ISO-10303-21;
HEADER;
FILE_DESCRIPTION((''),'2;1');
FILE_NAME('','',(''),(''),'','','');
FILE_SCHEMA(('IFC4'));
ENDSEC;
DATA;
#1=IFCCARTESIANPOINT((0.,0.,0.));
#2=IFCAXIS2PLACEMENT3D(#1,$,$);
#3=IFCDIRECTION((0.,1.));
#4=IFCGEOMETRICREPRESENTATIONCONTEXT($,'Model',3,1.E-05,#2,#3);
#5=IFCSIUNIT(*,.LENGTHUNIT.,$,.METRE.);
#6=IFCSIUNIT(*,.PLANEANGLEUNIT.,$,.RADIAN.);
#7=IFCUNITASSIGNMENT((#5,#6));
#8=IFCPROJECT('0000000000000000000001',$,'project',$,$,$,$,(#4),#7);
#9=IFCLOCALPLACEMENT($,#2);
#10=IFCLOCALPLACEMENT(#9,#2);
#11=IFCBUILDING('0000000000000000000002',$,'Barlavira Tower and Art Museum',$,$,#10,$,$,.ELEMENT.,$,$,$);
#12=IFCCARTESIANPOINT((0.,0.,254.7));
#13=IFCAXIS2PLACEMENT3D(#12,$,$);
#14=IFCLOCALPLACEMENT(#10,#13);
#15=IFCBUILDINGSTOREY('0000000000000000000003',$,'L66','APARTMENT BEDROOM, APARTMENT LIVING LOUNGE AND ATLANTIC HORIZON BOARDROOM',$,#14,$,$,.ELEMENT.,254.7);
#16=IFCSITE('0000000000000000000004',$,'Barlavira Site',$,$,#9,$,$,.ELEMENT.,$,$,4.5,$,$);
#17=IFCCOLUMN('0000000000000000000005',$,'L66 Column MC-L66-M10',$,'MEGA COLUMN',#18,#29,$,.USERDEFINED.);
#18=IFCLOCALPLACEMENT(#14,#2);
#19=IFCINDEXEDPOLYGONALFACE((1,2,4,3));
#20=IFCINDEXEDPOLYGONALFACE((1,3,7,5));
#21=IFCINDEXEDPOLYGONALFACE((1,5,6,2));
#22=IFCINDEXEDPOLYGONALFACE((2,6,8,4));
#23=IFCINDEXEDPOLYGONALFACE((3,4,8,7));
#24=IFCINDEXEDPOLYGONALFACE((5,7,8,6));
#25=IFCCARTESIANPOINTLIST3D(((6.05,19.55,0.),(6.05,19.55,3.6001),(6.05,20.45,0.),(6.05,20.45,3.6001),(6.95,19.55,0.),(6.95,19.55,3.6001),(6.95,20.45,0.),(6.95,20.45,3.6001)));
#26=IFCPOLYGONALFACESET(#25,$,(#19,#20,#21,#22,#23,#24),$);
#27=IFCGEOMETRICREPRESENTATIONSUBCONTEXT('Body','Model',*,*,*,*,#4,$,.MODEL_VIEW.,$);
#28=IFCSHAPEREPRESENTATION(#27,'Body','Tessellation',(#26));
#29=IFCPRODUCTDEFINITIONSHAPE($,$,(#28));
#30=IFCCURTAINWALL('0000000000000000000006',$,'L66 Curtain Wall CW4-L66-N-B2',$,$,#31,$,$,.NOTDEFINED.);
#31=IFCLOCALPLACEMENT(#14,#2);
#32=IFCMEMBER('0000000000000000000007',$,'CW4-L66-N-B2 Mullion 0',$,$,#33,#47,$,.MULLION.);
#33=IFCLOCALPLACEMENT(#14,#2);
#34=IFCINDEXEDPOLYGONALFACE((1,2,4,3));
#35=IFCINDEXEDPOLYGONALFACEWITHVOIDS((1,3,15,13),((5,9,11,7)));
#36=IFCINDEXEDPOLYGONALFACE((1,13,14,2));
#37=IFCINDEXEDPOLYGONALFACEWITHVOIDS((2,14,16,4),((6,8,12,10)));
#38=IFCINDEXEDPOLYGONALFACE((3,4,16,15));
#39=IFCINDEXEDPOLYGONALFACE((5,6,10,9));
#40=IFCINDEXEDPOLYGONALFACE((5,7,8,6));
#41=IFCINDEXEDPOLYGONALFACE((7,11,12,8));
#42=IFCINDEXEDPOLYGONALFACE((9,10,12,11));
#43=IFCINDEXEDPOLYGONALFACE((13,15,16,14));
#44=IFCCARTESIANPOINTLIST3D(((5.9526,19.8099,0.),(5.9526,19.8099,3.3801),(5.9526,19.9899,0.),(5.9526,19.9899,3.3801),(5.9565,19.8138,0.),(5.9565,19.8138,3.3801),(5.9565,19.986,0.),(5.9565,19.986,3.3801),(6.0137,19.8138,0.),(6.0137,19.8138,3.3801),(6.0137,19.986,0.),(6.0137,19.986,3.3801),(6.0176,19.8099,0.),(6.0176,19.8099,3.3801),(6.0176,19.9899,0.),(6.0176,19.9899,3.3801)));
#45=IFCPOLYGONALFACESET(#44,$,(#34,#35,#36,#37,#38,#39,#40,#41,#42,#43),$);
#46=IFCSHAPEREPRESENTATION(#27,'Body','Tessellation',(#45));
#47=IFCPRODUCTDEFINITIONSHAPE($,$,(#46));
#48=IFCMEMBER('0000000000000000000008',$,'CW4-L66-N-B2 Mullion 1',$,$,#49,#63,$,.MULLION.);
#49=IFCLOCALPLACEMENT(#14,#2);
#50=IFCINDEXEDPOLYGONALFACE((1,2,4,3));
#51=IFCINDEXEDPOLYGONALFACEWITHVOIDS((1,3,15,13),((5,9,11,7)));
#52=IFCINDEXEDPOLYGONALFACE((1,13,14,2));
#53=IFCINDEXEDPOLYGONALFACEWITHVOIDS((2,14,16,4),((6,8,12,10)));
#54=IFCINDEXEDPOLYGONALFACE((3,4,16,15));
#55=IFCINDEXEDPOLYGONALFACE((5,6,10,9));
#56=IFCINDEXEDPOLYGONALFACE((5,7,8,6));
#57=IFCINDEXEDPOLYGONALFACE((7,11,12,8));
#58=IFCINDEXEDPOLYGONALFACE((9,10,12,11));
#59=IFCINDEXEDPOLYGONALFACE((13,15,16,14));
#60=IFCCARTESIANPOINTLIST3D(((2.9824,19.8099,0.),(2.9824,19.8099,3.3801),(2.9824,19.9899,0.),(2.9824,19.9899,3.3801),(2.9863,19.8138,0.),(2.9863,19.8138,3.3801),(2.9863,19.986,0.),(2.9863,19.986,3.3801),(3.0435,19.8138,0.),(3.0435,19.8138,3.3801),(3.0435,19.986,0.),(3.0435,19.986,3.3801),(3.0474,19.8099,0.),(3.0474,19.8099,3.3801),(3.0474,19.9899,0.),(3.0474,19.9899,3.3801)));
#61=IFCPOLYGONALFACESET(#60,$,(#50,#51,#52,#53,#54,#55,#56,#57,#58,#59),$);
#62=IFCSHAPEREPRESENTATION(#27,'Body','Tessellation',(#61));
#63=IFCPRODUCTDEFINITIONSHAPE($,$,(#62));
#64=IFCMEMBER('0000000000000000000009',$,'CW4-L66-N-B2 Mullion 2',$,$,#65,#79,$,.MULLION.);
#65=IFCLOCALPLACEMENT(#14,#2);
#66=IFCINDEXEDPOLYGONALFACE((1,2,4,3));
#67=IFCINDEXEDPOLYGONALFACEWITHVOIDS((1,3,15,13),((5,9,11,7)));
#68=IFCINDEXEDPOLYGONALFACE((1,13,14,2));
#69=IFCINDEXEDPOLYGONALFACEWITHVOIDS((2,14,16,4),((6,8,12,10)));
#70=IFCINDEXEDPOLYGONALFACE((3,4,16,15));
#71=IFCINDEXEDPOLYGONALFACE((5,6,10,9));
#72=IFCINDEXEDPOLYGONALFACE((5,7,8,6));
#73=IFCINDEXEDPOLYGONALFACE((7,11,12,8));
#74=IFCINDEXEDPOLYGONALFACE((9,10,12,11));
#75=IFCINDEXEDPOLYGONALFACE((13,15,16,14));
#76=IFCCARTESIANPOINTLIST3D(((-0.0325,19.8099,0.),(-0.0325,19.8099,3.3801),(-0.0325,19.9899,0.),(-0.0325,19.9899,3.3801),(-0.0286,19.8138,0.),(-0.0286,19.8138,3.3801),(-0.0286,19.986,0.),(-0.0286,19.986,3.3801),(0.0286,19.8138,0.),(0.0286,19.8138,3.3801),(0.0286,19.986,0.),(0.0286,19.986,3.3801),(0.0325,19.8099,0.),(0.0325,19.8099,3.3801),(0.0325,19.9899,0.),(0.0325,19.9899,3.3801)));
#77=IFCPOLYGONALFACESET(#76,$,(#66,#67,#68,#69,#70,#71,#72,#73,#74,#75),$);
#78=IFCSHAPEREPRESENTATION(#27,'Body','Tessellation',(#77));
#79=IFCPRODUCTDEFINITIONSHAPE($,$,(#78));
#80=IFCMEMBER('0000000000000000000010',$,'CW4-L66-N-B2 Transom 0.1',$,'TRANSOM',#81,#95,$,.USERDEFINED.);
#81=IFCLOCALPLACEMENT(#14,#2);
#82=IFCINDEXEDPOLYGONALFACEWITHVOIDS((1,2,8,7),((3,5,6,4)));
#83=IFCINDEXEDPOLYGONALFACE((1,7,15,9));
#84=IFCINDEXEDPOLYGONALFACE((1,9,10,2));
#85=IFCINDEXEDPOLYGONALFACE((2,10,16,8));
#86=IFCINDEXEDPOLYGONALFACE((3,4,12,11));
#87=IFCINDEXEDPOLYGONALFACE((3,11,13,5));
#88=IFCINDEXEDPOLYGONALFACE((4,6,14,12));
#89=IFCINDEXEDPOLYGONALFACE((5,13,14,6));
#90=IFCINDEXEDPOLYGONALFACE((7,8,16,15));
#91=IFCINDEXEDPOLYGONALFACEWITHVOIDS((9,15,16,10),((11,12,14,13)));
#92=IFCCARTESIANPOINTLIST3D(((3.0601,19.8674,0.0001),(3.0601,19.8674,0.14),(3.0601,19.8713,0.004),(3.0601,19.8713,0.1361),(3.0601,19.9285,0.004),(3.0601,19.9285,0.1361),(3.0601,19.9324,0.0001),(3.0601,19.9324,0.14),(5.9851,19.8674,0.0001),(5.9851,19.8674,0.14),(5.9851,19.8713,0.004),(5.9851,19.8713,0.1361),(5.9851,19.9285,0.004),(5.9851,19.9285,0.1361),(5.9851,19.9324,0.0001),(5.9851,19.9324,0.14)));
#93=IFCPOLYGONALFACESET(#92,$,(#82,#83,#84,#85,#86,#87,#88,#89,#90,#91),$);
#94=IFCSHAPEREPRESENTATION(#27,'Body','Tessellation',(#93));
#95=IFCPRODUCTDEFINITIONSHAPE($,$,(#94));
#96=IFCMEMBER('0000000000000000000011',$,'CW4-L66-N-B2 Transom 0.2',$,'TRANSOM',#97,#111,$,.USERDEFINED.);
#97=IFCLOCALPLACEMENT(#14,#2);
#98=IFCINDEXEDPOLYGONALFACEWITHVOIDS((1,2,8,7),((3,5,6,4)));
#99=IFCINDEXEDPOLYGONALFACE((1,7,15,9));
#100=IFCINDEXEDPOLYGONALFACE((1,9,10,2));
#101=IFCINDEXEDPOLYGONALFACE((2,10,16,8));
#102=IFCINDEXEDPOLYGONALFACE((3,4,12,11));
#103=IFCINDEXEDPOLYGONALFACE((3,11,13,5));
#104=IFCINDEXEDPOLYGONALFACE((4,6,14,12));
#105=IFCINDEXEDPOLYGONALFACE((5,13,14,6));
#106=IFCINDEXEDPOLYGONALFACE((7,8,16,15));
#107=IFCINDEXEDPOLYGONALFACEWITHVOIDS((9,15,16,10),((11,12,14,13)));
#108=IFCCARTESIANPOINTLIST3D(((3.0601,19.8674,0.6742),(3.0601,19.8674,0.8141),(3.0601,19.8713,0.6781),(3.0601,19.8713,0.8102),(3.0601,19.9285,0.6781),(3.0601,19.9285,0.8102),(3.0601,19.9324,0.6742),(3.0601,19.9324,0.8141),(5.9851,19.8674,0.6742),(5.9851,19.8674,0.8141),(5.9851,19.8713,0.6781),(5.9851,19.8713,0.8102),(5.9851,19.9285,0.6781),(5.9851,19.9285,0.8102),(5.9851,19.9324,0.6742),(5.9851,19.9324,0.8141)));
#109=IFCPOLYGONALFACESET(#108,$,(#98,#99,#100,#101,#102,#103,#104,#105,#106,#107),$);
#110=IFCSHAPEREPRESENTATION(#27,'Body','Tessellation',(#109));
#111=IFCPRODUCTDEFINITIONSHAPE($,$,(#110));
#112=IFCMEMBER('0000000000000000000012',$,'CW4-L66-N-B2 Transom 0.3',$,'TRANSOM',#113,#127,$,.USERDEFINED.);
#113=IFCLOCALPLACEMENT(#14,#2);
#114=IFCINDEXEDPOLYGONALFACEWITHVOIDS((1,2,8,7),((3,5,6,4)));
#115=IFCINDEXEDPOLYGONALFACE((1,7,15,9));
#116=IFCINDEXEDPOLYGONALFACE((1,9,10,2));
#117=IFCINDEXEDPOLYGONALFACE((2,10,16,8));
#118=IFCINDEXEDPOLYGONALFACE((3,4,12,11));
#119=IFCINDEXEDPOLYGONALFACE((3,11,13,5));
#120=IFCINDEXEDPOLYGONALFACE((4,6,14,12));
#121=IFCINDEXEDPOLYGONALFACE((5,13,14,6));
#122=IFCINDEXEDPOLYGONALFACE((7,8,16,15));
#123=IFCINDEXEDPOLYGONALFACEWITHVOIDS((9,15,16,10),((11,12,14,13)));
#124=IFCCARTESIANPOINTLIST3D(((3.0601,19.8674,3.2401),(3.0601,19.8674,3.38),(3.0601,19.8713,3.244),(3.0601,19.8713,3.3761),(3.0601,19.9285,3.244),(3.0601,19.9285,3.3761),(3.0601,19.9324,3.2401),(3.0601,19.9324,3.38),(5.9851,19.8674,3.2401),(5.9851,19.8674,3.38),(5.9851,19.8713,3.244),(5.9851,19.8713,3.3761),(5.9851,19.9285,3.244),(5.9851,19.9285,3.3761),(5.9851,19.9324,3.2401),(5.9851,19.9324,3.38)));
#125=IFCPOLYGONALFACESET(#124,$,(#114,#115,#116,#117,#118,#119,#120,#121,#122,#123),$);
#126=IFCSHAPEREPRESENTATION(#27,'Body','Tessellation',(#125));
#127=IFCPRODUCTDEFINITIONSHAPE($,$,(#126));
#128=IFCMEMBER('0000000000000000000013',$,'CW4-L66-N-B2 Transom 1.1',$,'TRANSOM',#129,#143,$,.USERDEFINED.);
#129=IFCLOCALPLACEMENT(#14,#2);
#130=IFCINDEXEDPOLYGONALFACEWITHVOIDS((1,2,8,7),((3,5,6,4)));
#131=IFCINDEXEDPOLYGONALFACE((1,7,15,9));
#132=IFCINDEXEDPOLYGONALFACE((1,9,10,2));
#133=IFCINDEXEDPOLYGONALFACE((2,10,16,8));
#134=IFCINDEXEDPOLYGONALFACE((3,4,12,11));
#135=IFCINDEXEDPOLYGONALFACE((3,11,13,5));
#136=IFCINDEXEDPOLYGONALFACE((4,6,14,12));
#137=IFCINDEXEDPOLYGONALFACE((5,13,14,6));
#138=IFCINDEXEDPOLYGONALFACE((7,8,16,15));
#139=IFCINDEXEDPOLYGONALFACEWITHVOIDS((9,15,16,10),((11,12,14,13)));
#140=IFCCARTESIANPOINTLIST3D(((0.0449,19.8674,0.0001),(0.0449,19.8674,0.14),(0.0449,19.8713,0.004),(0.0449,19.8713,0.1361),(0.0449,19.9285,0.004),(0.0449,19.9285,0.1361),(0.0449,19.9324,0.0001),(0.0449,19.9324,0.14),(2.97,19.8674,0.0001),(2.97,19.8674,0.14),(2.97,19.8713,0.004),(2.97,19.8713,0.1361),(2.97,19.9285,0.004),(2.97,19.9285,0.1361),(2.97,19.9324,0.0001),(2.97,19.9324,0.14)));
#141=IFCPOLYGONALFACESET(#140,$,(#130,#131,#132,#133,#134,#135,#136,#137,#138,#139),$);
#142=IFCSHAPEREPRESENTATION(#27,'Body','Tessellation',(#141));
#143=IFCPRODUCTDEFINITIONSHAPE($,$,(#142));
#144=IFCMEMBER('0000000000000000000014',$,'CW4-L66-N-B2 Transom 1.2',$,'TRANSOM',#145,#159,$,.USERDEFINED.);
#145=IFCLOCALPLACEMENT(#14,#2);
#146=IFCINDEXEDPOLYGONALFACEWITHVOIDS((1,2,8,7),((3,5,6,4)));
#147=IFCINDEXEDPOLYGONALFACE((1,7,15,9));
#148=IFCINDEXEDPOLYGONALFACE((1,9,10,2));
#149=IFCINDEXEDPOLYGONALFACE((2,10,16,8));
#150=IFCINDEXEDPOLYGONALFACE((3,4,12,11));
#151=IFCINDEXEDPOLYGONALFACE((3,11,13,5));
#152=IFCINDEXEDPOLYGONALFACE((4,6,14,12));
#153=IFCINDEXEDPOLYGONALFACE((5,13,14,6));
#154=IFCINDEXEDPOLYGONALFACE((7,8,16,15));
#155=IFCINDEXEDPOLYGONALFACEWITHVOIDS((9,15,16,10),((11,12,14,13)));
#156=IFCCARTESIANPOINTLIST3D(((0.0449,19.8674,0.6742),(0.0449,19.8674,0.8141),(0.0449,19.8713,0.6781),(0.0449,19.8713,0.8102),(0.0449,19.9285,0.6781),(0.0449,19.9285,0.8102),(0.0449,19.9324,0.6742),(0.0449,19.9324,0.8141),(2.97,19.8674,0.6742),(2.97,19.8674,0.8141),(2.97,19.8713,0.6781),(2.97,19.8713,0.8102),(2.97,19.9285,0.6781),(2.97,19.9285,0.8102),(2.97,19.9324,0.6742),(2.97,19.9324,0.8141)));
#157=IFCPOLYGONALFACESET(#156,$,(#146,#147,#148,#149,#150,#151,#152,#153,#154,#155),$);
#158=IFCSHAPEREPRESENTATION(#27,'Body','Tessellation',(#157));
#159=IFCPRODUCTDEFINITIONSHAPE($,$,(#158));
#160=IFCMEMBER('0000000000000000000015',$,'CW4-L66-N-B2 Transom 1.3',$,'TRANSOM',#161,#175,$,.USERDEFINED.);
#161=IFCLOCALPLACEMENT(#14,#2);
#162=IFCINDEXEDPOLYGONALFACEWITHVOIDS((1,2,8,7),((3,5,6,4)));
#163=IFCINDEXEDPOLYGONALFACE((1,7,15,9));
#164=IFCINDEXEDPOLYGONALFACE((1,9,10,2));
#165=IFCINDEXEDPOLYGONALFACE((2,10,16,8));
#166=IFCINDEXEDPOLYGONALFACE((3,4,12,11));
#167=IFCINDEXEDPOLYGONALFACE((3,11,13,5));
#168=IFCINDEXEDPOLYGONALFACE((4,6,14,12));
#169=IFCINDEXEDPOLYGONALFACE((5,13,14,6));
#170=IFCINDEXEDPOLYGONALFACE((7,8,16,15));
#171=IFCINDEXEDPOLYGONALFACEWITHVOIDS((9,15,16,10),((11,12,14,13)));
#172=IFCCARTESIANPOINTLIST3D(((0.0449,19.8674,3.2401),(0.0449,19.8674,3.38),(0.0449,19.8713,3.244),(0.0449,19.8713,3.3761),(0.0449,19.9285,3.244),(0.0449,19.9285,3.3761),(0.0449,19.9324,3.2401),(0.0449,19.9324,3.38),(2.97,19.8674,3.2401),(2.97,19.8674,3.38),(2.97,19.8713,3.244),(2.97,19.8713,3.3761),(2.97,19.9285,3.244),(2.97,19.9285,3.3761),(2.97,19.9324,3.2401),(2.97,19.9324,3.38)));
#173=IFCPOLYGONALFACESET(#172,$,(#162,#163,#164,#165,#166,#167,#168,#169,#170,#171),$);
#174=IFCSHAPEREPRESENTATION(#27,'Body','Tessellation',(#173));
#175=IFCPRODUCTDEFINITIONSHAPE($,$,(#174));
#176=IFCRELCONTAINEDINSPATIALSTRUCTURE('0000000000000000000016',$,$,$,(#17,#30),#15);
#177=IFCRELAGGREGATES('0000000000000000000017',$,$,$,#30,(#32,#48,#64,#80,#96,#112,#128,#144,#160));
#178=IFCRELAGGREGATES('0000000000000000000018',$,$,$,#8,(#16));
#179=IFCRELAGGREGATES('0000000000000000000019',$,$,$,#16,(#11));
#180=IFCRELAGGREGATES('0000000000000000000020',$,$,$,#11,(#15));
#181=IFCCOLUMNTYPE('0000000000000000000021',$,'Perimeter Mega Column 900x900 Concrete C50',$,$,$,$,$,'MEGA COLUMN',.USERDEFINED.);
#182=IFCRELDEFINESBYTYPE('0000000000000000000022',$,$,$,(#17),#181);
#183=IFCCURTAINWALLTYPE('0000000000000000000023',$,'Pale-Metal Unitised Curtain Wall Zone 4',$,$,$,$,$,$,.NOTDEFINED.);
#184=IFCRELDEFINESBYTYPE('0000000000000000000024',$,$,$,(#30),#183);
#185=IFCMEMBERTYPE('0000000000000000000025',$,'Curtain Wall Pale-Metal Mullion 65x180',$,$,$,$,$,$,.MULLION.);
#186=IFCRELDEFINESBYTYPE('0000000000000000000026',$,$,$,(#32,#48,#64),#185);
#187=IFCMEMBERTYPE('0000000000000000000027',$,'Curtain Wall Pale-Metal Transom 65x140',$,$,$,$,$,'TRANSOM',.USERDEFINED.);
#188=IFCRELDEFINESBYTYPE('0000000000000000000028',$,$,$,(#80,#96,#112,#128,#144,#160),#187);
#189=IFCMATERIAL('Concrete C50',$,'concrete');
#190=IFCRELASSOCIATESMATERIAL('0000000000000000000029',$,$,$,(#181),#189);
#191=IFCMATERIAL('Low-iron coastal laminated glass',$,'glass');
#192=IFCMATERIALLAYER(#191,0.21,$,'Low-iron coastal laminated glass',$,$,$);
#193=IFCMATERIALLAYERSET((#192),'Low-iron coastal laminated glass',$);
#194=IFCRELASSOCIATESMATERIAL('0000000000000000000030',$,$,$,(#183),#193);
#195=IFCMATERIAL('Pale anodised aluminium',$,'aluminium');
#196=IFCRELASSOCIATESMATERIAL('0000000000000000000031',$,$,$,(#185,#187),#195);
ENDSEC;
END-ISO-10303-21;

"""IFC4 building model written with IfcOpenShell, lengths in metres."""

from ifc_helpers import new_model, si_unit, direction, frame, origin, origin_2d, place, context, subcontext, project, spatial, rectangle, hollow_rectangle, extrude, material, layer, layer_set, material_profile, profile_set, type_object, element, aggregate, save


model = new_model("IFC4")

# Units and contexts
model_context = context("Model", 3, precision=1e-05, world=origin(), true_north=direction((0.0, 1.0)))
body_context = subcontext(model_context, "Body", "Model", "MODEL_VIEW")
ifc_project = project(units=[si_unit("LENGTHUNIT", "METRE"), si_unit("PLANEANGLEUNIT", "RADIAN")], contexts=[model_context])

# Site, building, storey
site_placement = place(None, origin())
site = spatial("IfcSite", under=ifc_project, at=site_placement, Name="Barlavira Site", CompositionType="ELEMENT", RefElevation=4.5)
building_placement = place(site_placement, origin())
building = spatial("IfcBuilding", under=site, at=building_placement, Name="Barlavira Tower and Art Museum", CompositionType="ELEMENT")
storey_placement = place(building_placement, frame((0.0, 0.0, 254.7)))
storey = spatial("IfcBuildingStorey", under=building, at=storey_placement, Name="L66", Description="APARTMENT BEDROOM, APARTMENT LIVING LOUNGE AND ATLANTIC HORIZON BOARDROOM", CompositionType="ELEMENT", Elevation=254.7)

# Column
ifc_material_1 = material(Name="Concrete C50", Category="concrete")
ifc_material_profile_1 = material_profile(ifc_material_1, rectangle(XDim=0.8999, YDim=0.8999, at=origin_2d()), Name="RC-COL 900x900")
ifc_profile_set_1 = profile_set([ifc_material_profile_1], Name="Concrete C50")
column_type = type_object("IfcColumnType", Name="Perimeter Mega Column 900x900 Concrete C50", ElementType="MEGA COLUMN", PredefinedType="USERDEFINED", material=ifc_profile_set_1)
column_placement = place(storey_placement, frame((6.5, 20.0, 0.0), z_axis=(0.0, 0.0, 1.0), x_axis=(1.0, 0.0, 0.0)))
element("IfcColumn", 1, at=column_placement, inside=storey, type_object=column_type, Name="L66 Column MC-L66-M10", ObjectType="MEGA COLUMN", PredefinedType="USERDEFINED", context=body_context, shape_type="SweptSolid", body=[
    extrude(rectangle(XDim=0.8999, YDim=0.8999, at=origin_2d()), origin(), (0.0, 0.0, 1.0), 3.6001),
])

# Curtain wall, members
ifc_material_2 = material(Name="Low-iron coastal laminated glass", Category="glass")
ifc_layer_1 = layer(ifc_material_2, 0.21, Name="Low-iron coastal laminated glass")
ifc_layer_set_1 = layer_set([ifc_layer_1], Name="Low-iron coastal laminated glass")
curtain_wall_type = type_object("IfcCurtainWallType", Name="Pale-Metal Unitised Curtain Wall Zone 4", PredefinedType="NOTDEFINED", material=ifc_layer_set_1)
curtain_wall_placement = place(storey_placement, origin())
curtain_wall = element("IfcCurtainWall", 2, at=curtain_wall_placement, inside=storey, type_object=curtain_wall_type, Name="L66 Curtain Wall CW4-L66-N-B2", PredefinedType="NOTDEFINED")
ifc_material_3 = material(Name="Pale anodised aluminium", Category="aluminium")
ifc_material_profile_2 = material_profile(ifc_material_3, hollow_rectangle(XDim=0.0649, YDim=0.1799, WallThickness=0.0039, at=origin_2d()), Name="ALU-MULL 65x180x4")
ifc_profile_set_2 = profile_set([ifc_material_profile_2], Name="Pale anodised aluminium")
member_type_1 = type_object("IfcMemberType", Name="Curtain Wall Pale-Metal Mullion 65x180", PredefinedType="MULLION", material=ifc_profile_set_2)
member_1_placement = place(storey_placement, frame((5.9851, 19.8999, 0.0), z_axis=(0.0, 0.0, 1.0), x_axis=(-1.0, 0.0, 0.0)))
member_1 = element("IfcMember", 3, at=member_1_placement, type_object=member_type_1, Name="CW4-L66-N-B2 Mullion 0", PredefinedType="MULLION", context=body_context, shape_type="SweptSolid", body=[
    extrude(hollow_rectangle(XDim=0.0649, YDim=0.1799, WallThickness=0.0039, at=origin_2d()), origin(), (0.0, 0.0, 1.0), 3.3801),
])
member_2_placement = place(storey_placement, frame((3.0149, 19.8999, 0.0), z_axis=(0.0, 0.0, 1.0), x_axis=(-1.0, 0.0, 0.0)))
member_2 = element("IfcMember", 4, at=member_2_placement, type_object=member_type_1, Name="CW4-L66-N-B2 Mullion 1", PredefinedType="MULLION", context=body_context, shape_type="SweptSolid", body=[
    extrude(hollow_rectangle(XDim=0.0649, YDim=0.1799, WallThickness=0.0039, at=origin_2d()), origin(), (0.0, 0.0, 1.0), 3.3801),
])
member_3_placement = place(storey_placement, frame((0.0, 19.8999, 0.0), z_axis=(0.0, 0.0, 1.0), x_axis=(-1.0, 0.0, 0.0)))
member_3 = element("IfcMember", 5, at=member_3_placement, type_object=member_type_1, Name="CW4-L66-N-B2 Mullion 2", PredefinedType="MULLION", context=body_context, shape_type="SweptSolid", body=[
    extrude(hollow_rectangle(XDim=0.0649, YDim=0.1799, WallThickness=0.0039, at=origin_2d()), origin(), (0.0, 0.0, 1.0), 3.3801),
])
ifc_material_profile_3 = material_profile(ifc_material_3, hollow_rectangle(XDim=0.0649, YDim=0.1399, WallThickness=0.0039, at=origin_2d()), Name="ALU-TRAN 65x140x4")
ifc_profile_set_3 = profile_set([ifc_material_profile_3], Name="Pale anodised aluminium")
member_type_2 = type_object("IfcMemberType", Name="Curtain Wall Pale-Metal Transom 65x140", ElementType="TRANSOM", PredefinedType="USERDEFINED", material=ifc_profile_set_3)
member_4_placement = place(storey_placement, frame((5.9851, 19.8999, 0.0701), z_axis=(-1.0, 0.0, 0.0), x_axis=(0.0, -1.0, 0.0)))
member_4 = element("IfcMember", 6, at=member_4_placement, type_object=member_type_2, Name="CW4-L66-N-B2 Transom 0.1", ObjectType="TRANSOM", PredefinedType="USERDEFINED", context=body_context, shape_type="SweptSolid", body=[
    extrude(hollow_rectangle(XDim=0.0649, YDim=0.1399, WallThickness=0.0039, at=origin_2d()), origin(), (0.0, 0.0, 1.0), 2.925),
])
member_5_placement = place(storey_placement, frame((5.9851, 19.8999, 0.7441), z_axis=(-1.0, 0.0, 0.0), x_axis=(0.0, -1.0, 0.0)))
member_5 = element("IfcMember", 7, at=member_5_placement, type_object=member_type_2, Name="CW4-L66-N-B2 Transom 0.2", ObjectType="TRANSOM", PredefinedType="USERDEFINED", context=body_context, shape_type="SweptSolid", body=[
    extrude(hollow_rectangle(XDim=0.0649, YDim=0.1399, WallThickness=0.0039, at=origin_2d()), origin(), (0.0, 0.0, 1.0), 2.925),
])
member_6_placement = place(storey_placement, frame((5.9851, 19.8999, 3.3101), z_axis=(-1.0, 0.0, 0.0), x_axis=(0.0, -1.0, 0.0)))
member_6 = element("IfcMember", 8, at=member_6_placement, type_object=member_type_2, Name="CW4-L66-N-B2 Transom 0.3", ObjectType="TRANSOM", PredefinedType="USERDEFINED", context=body_context, shape_type="SweptSolid", body=[
    extrude(hollow_rectangle(XDim=0.0649, YDim=0.1399, WallThickness=0.0039, at=origin_2d()), origin(), (0.0, 0.0, 1.0), 2.925),
])
member_7_placement = place(storey_placement, frame((2.97, 19.8999, 0.0701), z_axis=(-1.0, 0.0, 0.0), x_axis=(0.0, -1.0, 0.0)))
member_7 = element("IfcMember", 9, at=member_7_placement, type_object=member_type_2, Name="CW4-L66-N-B2 Transom 1.1", ObjectType="TRANSOM", PredefinedType="USERDEFINED", context=body_context, shape_type="SweptSolid", body=[
    extrude(hollow_rectangle(XDim=0.0649, YDim=0.1399, WallThickness=0.0039, at=origin_2d()), origin(), (0.0, 0.0, 1.0), 2.925),
])
member_8_placement = place(storey_placement, frame((2.97, 19.8999, 0.7441), z_axis=(-1.0, 0.0, 0.0), x_axis=(0.0, -1.0, 0.0)))
member_8 = element("IfcMember", 10, at=member_8_placement, type_object=member_type_2, Name="CW4-L66-N-B2 Transom 1.2", ObjectType="TRANSOM", PredefinedType="USERDEFINED", context=body_context, shape_type="SweptSolid", body=[
    extrude(hollow_rectangle(XDim=0.0649, YDim=0.1399, WallThickness=0.0039, at=origin_2d()), origin(), (0.0, 0.0, 1.0), 2.925),
])
member_9_placement = place(storey_placement, frame((2.97, 19.8999, 3.3101), z_axis=(-1.0, 0.0, 0.0), x_axis=(0.0, -1.0, 0.0)))
member_9 = element("IfcMember", 11, at=member_9_placement, type_object=member_type_2, Name="CW4-L66-N-B2 Transom 1.3", ObjectType="TRANSOM", PredefinedType="USERDEFINED", context=body_context, shape_type="SweptSolid", body=[
    extrude(hollow_rectangle(XDim=0.0649, YDim=0.1399, WallThickness=0.0039, at=origin_2d()), origin(), (0.0, 0.0, 1.0), 2.925),
])

aggregate(curtain_wall, [member_1, member_2, member_3, member_4, member_5, member_6, member_7, member_8, member_9])

save(model, "model.ifc")
